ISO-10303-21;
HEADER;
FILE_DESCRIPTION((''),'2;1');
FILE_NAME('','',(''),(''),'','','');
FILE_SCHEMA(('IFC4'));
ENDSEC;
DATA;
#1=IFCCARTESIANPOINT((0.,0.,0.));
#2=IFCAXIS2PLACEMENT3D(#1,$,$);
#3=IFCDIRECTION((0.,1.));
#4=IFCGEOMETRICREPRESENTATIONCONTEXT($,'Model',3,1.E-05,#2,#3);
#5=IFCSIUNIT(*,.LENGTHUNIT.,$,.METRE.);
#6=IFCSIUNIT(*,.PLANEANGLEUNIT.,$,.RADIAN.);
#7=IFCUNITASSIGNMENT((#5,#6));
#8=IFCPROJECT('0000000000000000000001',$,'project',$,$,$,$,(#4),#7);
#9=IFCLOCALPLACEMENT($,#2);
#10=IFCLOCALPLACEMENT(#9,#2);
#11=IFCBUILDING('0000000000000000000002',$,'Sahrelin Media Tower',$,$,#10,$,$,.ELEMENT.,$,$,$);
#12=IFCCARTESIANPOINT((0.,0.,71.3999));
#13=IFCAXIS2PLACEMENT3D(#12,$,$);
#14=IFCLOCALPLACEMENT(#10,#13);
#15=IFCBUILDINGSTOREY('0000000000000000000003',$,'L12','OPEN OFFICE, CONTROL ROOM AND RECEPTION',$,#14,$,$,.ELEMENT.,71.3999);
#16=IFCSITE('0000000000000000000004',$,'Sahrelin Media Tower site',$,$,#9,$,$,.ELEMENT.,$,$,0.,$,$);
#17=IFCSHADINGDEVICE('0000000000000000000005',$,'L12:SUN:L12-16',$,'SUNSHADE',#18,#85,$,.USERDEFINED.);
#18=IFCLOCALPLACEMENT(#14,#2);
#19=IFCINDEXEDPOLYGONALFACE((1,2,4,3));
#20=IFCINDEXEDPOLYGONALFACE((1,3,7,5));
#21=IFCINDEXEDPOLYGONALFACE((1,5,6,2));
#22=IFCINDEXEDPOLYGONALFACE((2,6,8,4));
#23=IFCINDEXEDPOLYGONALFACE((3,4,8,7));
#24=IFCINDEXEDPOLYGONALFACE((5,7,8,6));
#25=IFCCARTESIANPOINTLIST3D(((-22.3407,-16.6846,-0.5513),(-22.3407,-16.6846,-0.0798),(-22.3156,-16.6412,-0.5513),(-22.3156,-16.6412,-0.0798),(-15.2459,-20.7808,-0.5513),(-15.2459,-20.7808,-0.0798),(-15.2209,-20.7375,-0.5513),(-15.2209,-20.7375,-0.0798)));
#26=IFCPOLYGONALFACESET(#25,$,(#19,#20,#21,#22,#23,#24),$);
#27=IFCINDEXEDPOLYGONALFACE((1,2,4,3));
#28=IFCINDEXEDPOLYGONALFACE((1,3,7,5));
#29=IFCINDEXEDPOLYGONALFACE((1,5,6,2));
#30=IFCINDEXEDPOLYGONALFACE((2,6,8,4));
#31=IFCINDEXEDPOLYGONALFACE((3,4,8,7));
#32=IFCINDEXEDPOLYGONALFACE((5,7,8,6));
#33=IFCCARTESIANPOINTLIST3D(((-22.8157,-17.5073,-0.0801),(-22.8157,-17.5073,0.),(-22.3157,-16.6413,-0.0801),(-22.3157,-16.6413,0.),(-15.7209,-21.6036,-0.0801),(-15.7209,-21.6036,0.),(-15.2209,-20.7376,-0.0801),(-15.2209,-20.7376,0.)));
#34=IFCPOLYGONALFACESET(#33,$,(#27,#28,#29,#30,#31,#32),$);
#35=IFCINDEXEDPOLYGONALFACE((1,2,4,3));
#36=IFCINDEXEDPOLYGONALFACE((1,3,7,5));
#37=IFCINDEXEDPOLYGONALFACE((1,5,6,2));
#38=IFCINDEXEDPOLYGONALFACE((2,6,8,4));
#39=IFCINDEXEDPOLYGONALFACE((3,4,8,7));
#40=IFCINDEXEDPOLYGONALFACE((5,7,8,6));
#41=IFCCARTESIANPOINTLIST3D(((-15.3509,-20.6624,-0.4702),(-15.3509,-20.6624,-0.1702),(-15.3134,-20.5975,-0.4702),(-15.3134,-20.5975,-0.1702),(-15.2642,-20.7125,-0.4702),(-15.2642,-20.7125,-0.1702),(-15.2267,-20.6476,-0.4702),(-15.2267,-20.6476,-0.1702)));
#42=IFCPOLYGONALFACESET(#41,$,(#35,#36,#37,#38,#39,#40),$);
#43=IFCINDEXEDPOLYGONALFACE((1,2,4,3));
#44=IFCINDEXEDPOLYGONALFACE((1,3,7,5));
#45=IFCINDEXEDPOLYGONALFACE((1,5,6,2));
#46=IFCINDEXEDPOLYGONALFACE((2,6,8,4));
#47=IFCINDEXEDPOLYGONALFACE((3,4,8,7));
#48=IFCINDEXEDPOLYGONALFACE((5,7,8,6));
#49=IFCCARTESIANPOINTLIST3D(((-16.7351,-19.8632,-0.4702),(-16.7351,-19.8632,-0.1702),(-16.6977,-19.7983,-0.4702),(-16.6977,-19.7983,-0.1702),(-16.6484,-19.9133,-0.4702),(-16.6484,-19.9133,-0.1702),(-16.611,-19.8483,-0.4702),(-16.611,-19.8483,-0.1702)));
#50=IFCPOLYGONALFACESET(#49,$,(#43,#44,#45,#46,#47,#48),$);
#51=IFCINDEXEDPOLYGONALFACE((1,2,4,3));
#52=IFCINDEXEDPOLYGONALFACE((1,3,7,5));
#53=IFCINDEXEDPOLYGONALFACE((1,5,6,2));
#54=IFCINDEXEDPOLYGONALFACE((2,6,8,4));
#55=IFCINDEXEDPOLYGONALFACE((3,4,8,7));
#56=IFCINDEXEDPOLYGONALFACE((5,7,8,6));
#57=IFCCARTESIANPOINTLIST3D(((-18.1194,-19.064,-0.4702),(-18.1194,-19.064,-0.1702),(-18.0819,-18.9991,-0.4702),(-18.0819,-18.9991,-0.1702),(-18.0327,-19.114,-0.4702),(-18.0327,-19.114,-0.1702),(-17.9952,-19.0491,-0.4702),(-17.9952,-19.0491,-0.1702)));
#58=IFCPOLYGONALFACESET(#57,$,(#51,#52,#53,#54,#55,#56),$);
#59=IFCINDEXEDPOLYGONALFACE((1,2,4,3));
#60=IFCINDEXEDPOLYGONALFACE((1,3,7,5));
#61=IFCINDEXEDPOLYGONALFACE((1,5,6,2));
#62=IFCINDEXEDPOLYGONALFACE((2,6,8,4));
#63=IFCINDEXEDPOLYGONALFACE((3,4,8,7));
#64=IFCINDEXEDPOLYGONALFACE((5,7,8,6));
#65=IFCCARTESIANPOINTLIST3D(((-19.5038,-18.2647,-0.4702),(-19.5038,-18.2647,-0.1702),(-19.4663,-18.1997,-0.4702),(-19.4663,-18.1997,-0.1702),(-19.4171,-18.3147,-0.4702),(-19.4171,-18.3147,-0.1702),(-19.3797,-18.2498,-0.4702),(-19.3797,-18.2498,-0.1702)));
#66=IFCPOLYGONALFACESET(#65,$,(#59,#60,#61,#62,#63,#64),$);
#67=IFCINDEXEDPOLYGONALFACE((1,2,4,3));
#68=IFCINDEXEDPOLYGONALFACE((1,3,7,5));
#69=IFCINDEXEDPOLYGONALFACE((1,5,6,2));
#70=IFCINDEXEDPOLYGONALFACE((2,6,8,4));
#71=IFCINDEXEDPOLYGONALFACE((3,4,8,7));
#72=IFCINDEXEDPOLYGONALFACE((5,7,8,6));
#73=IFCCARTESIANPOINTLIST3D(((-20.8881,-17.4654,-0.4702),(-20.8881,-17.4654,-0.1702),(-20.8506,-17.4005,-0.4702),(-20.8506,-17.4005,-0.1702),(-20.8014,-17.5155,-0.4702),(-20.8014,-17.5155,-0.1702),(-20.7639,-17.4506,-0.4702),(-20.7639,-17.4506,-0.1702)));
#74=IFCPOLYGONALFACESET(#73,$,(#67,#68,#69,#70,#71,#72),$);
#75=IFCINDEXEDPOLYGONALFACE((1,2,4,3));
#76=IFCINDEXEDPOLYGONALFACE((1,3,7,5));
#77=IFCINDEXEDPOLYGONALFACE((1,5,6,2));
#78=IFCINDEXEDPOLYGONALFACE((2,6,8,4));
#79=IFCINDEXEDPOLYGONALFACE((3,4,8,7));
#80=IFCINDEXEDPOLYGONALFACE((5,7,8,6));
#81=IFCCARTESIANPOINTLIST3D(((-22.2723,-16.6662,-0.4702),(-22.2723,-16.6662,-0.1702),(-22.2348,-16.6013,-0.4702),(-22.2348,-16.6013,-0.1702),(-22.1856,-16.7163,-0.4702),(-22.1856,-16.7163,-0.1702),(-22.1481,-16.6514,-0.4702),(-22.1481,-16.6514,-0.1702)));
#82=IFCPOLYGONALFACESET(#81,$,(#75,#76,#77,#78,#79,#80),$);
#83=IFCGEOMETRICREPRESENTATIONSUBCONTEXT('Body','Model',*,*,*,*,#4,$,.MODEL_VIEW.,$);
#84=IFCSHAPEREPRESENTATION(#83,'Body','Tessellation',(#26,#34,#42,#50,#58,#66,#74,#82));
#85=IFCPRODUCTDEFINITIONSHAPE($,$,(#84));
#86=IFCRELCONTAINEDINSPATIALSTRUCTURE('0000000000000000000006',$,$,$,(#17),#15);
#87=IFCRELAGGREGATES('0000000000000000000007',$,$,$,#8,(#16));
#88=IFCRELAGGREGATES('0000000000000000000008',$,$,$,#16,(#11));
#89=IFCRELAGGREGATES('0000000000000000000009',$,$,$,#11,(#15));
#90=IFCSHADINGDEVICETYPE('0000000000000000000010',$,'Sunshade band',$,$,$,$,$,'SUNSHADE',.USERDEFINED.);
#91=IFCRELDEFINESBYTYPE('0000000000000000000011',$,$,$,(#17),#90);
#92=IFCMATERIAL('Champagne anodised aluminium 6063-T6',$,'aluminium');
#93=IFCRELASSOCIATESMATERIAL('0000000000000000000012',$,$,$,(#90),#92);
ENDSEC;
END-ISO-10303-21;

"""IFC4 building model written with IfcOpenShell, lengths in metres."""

from ifc_helpers import new_model, si_unit, direction, frame, origin, origin_2d, place, context, subcontext, project, spatial, rectangle, extrude, material, type_object, element, save


model = new_model("IFC4")

# Units and contexts
model_context = context("Model", 3, precision=1e-05, world=origin(), true_north=direction((0.0, 1.0)))
body_context = subcontext(model_context, "Body", "Model", "MODEL_VIEW")
ifc_project = project(units=[si_unit("LENGTHUNIT", "METRE"), si_unit("PLANEANGLEUNIT", "RADIAN")], contexts=[model_context])

# Site, building, storey
site_placement = place(None, origin())
site = spatial("IfcSite", under=ifc_project, at=site_placement, Name="Sahrelin Media Tower site", CompositionType="ELEMENT", RefElevation=0.0)
building_placement = place(site_placement, origin())
building = spatial("IfcBuilding", under=site, at=building_placement, Name="Sahrelin Media Tower", CompositionType="ELEMENT")
storey_placement = place(building_placement, frame((0.0, 0.0, 71.3999)))
storey = spatial("IfcBuildingStorey", under=building, at=storey_placement, Name="L12", Description="OPEN OFFICE, CONTROL ROOM AND RECEPTION", CompositionType="ELEMENT", Elevation=71.3999)

# Shared definitions
ifc_material_1 = material(Name="Champagne anodised aluminium 6063-T6", Category="aluminium")

# Shading device
placement_1 = place(storey_placement, frame((-18.7583, -18.6721, 0.0), z_axis=(0.0, 0.0, 1.0), x_axis=(-0.866019, 0.500011, 0.0)))
shading_device_type_1 = type_object("IfcShadingDeviceType", Name="Sunshade band", ElementType="SUNSHADE", PredefinedType="USERDEFINED", material=ifc_material_1)
element("IfcShadingDevice", 1, at=placement_1, inside=storey, type_object=shading_device_type_1, Name="L12:SUN:L12-16", ObjectType="SUNSHADE", PredefinedType="USERDEFINED", context=body_context, shape_type="SweptSolid", body=[
    extrude(rectangle(XDim=8.1924, YDim=0.05, at=origin_2d()), frame((0.0, 0.0449, -0.5513)), (0.0, 0.0, 1.0), 0.4714),
    extrude(rectangle(XDim=8.1924, YDim=1.0, at=origin_2d()), frame((0.0, 0.52, -0.0801)), (0.0, 0.0, 1.0), 0.0801),
    extrude(rectangle(XDim=0.1001, YDim=0.075, at=origin_2d()), frame((-3.9961, -0.0176, -0.4702)), (0.0, 0.0, 1.0), 0.3),
    extrude(rectangle(XDim=0.1001, YDim=0.075, at=origin_2d()), frame((-2.3977, -0.0176, -0.4702)), (0.0, 0.0, 1.0), 0.3),
    extrude(rectangle(XDim=0.1001, YDim=0.075, at=origin_2d()), frame((-0.7993, -0.0176, -0.4702)), (0.0, 0.0, 1.0), 0.3),
    extrude(rectangle(XDim=0.1001, YDim=0.075, at=origin_2d()), frame((0.7993, -0.0176, -0.4702)), (0.0, 0.0, 1.0), 0.3),
    extrude(rectangle(XDim=0.1001, YDim=0.075, at=origin_2d()), frame((2.3977, -0.0176, -0.4702)), (0.0, 0.0, 1.0), 0.3),
    extrude(rectangle(XDim=0.1001, YDim=0.075, at=origin_2d()), frame((3.9961, -0.0176, -0.4702)), (0.0, 0.0, 1.0), 0.3),
])

save(model, "model.ifc")
